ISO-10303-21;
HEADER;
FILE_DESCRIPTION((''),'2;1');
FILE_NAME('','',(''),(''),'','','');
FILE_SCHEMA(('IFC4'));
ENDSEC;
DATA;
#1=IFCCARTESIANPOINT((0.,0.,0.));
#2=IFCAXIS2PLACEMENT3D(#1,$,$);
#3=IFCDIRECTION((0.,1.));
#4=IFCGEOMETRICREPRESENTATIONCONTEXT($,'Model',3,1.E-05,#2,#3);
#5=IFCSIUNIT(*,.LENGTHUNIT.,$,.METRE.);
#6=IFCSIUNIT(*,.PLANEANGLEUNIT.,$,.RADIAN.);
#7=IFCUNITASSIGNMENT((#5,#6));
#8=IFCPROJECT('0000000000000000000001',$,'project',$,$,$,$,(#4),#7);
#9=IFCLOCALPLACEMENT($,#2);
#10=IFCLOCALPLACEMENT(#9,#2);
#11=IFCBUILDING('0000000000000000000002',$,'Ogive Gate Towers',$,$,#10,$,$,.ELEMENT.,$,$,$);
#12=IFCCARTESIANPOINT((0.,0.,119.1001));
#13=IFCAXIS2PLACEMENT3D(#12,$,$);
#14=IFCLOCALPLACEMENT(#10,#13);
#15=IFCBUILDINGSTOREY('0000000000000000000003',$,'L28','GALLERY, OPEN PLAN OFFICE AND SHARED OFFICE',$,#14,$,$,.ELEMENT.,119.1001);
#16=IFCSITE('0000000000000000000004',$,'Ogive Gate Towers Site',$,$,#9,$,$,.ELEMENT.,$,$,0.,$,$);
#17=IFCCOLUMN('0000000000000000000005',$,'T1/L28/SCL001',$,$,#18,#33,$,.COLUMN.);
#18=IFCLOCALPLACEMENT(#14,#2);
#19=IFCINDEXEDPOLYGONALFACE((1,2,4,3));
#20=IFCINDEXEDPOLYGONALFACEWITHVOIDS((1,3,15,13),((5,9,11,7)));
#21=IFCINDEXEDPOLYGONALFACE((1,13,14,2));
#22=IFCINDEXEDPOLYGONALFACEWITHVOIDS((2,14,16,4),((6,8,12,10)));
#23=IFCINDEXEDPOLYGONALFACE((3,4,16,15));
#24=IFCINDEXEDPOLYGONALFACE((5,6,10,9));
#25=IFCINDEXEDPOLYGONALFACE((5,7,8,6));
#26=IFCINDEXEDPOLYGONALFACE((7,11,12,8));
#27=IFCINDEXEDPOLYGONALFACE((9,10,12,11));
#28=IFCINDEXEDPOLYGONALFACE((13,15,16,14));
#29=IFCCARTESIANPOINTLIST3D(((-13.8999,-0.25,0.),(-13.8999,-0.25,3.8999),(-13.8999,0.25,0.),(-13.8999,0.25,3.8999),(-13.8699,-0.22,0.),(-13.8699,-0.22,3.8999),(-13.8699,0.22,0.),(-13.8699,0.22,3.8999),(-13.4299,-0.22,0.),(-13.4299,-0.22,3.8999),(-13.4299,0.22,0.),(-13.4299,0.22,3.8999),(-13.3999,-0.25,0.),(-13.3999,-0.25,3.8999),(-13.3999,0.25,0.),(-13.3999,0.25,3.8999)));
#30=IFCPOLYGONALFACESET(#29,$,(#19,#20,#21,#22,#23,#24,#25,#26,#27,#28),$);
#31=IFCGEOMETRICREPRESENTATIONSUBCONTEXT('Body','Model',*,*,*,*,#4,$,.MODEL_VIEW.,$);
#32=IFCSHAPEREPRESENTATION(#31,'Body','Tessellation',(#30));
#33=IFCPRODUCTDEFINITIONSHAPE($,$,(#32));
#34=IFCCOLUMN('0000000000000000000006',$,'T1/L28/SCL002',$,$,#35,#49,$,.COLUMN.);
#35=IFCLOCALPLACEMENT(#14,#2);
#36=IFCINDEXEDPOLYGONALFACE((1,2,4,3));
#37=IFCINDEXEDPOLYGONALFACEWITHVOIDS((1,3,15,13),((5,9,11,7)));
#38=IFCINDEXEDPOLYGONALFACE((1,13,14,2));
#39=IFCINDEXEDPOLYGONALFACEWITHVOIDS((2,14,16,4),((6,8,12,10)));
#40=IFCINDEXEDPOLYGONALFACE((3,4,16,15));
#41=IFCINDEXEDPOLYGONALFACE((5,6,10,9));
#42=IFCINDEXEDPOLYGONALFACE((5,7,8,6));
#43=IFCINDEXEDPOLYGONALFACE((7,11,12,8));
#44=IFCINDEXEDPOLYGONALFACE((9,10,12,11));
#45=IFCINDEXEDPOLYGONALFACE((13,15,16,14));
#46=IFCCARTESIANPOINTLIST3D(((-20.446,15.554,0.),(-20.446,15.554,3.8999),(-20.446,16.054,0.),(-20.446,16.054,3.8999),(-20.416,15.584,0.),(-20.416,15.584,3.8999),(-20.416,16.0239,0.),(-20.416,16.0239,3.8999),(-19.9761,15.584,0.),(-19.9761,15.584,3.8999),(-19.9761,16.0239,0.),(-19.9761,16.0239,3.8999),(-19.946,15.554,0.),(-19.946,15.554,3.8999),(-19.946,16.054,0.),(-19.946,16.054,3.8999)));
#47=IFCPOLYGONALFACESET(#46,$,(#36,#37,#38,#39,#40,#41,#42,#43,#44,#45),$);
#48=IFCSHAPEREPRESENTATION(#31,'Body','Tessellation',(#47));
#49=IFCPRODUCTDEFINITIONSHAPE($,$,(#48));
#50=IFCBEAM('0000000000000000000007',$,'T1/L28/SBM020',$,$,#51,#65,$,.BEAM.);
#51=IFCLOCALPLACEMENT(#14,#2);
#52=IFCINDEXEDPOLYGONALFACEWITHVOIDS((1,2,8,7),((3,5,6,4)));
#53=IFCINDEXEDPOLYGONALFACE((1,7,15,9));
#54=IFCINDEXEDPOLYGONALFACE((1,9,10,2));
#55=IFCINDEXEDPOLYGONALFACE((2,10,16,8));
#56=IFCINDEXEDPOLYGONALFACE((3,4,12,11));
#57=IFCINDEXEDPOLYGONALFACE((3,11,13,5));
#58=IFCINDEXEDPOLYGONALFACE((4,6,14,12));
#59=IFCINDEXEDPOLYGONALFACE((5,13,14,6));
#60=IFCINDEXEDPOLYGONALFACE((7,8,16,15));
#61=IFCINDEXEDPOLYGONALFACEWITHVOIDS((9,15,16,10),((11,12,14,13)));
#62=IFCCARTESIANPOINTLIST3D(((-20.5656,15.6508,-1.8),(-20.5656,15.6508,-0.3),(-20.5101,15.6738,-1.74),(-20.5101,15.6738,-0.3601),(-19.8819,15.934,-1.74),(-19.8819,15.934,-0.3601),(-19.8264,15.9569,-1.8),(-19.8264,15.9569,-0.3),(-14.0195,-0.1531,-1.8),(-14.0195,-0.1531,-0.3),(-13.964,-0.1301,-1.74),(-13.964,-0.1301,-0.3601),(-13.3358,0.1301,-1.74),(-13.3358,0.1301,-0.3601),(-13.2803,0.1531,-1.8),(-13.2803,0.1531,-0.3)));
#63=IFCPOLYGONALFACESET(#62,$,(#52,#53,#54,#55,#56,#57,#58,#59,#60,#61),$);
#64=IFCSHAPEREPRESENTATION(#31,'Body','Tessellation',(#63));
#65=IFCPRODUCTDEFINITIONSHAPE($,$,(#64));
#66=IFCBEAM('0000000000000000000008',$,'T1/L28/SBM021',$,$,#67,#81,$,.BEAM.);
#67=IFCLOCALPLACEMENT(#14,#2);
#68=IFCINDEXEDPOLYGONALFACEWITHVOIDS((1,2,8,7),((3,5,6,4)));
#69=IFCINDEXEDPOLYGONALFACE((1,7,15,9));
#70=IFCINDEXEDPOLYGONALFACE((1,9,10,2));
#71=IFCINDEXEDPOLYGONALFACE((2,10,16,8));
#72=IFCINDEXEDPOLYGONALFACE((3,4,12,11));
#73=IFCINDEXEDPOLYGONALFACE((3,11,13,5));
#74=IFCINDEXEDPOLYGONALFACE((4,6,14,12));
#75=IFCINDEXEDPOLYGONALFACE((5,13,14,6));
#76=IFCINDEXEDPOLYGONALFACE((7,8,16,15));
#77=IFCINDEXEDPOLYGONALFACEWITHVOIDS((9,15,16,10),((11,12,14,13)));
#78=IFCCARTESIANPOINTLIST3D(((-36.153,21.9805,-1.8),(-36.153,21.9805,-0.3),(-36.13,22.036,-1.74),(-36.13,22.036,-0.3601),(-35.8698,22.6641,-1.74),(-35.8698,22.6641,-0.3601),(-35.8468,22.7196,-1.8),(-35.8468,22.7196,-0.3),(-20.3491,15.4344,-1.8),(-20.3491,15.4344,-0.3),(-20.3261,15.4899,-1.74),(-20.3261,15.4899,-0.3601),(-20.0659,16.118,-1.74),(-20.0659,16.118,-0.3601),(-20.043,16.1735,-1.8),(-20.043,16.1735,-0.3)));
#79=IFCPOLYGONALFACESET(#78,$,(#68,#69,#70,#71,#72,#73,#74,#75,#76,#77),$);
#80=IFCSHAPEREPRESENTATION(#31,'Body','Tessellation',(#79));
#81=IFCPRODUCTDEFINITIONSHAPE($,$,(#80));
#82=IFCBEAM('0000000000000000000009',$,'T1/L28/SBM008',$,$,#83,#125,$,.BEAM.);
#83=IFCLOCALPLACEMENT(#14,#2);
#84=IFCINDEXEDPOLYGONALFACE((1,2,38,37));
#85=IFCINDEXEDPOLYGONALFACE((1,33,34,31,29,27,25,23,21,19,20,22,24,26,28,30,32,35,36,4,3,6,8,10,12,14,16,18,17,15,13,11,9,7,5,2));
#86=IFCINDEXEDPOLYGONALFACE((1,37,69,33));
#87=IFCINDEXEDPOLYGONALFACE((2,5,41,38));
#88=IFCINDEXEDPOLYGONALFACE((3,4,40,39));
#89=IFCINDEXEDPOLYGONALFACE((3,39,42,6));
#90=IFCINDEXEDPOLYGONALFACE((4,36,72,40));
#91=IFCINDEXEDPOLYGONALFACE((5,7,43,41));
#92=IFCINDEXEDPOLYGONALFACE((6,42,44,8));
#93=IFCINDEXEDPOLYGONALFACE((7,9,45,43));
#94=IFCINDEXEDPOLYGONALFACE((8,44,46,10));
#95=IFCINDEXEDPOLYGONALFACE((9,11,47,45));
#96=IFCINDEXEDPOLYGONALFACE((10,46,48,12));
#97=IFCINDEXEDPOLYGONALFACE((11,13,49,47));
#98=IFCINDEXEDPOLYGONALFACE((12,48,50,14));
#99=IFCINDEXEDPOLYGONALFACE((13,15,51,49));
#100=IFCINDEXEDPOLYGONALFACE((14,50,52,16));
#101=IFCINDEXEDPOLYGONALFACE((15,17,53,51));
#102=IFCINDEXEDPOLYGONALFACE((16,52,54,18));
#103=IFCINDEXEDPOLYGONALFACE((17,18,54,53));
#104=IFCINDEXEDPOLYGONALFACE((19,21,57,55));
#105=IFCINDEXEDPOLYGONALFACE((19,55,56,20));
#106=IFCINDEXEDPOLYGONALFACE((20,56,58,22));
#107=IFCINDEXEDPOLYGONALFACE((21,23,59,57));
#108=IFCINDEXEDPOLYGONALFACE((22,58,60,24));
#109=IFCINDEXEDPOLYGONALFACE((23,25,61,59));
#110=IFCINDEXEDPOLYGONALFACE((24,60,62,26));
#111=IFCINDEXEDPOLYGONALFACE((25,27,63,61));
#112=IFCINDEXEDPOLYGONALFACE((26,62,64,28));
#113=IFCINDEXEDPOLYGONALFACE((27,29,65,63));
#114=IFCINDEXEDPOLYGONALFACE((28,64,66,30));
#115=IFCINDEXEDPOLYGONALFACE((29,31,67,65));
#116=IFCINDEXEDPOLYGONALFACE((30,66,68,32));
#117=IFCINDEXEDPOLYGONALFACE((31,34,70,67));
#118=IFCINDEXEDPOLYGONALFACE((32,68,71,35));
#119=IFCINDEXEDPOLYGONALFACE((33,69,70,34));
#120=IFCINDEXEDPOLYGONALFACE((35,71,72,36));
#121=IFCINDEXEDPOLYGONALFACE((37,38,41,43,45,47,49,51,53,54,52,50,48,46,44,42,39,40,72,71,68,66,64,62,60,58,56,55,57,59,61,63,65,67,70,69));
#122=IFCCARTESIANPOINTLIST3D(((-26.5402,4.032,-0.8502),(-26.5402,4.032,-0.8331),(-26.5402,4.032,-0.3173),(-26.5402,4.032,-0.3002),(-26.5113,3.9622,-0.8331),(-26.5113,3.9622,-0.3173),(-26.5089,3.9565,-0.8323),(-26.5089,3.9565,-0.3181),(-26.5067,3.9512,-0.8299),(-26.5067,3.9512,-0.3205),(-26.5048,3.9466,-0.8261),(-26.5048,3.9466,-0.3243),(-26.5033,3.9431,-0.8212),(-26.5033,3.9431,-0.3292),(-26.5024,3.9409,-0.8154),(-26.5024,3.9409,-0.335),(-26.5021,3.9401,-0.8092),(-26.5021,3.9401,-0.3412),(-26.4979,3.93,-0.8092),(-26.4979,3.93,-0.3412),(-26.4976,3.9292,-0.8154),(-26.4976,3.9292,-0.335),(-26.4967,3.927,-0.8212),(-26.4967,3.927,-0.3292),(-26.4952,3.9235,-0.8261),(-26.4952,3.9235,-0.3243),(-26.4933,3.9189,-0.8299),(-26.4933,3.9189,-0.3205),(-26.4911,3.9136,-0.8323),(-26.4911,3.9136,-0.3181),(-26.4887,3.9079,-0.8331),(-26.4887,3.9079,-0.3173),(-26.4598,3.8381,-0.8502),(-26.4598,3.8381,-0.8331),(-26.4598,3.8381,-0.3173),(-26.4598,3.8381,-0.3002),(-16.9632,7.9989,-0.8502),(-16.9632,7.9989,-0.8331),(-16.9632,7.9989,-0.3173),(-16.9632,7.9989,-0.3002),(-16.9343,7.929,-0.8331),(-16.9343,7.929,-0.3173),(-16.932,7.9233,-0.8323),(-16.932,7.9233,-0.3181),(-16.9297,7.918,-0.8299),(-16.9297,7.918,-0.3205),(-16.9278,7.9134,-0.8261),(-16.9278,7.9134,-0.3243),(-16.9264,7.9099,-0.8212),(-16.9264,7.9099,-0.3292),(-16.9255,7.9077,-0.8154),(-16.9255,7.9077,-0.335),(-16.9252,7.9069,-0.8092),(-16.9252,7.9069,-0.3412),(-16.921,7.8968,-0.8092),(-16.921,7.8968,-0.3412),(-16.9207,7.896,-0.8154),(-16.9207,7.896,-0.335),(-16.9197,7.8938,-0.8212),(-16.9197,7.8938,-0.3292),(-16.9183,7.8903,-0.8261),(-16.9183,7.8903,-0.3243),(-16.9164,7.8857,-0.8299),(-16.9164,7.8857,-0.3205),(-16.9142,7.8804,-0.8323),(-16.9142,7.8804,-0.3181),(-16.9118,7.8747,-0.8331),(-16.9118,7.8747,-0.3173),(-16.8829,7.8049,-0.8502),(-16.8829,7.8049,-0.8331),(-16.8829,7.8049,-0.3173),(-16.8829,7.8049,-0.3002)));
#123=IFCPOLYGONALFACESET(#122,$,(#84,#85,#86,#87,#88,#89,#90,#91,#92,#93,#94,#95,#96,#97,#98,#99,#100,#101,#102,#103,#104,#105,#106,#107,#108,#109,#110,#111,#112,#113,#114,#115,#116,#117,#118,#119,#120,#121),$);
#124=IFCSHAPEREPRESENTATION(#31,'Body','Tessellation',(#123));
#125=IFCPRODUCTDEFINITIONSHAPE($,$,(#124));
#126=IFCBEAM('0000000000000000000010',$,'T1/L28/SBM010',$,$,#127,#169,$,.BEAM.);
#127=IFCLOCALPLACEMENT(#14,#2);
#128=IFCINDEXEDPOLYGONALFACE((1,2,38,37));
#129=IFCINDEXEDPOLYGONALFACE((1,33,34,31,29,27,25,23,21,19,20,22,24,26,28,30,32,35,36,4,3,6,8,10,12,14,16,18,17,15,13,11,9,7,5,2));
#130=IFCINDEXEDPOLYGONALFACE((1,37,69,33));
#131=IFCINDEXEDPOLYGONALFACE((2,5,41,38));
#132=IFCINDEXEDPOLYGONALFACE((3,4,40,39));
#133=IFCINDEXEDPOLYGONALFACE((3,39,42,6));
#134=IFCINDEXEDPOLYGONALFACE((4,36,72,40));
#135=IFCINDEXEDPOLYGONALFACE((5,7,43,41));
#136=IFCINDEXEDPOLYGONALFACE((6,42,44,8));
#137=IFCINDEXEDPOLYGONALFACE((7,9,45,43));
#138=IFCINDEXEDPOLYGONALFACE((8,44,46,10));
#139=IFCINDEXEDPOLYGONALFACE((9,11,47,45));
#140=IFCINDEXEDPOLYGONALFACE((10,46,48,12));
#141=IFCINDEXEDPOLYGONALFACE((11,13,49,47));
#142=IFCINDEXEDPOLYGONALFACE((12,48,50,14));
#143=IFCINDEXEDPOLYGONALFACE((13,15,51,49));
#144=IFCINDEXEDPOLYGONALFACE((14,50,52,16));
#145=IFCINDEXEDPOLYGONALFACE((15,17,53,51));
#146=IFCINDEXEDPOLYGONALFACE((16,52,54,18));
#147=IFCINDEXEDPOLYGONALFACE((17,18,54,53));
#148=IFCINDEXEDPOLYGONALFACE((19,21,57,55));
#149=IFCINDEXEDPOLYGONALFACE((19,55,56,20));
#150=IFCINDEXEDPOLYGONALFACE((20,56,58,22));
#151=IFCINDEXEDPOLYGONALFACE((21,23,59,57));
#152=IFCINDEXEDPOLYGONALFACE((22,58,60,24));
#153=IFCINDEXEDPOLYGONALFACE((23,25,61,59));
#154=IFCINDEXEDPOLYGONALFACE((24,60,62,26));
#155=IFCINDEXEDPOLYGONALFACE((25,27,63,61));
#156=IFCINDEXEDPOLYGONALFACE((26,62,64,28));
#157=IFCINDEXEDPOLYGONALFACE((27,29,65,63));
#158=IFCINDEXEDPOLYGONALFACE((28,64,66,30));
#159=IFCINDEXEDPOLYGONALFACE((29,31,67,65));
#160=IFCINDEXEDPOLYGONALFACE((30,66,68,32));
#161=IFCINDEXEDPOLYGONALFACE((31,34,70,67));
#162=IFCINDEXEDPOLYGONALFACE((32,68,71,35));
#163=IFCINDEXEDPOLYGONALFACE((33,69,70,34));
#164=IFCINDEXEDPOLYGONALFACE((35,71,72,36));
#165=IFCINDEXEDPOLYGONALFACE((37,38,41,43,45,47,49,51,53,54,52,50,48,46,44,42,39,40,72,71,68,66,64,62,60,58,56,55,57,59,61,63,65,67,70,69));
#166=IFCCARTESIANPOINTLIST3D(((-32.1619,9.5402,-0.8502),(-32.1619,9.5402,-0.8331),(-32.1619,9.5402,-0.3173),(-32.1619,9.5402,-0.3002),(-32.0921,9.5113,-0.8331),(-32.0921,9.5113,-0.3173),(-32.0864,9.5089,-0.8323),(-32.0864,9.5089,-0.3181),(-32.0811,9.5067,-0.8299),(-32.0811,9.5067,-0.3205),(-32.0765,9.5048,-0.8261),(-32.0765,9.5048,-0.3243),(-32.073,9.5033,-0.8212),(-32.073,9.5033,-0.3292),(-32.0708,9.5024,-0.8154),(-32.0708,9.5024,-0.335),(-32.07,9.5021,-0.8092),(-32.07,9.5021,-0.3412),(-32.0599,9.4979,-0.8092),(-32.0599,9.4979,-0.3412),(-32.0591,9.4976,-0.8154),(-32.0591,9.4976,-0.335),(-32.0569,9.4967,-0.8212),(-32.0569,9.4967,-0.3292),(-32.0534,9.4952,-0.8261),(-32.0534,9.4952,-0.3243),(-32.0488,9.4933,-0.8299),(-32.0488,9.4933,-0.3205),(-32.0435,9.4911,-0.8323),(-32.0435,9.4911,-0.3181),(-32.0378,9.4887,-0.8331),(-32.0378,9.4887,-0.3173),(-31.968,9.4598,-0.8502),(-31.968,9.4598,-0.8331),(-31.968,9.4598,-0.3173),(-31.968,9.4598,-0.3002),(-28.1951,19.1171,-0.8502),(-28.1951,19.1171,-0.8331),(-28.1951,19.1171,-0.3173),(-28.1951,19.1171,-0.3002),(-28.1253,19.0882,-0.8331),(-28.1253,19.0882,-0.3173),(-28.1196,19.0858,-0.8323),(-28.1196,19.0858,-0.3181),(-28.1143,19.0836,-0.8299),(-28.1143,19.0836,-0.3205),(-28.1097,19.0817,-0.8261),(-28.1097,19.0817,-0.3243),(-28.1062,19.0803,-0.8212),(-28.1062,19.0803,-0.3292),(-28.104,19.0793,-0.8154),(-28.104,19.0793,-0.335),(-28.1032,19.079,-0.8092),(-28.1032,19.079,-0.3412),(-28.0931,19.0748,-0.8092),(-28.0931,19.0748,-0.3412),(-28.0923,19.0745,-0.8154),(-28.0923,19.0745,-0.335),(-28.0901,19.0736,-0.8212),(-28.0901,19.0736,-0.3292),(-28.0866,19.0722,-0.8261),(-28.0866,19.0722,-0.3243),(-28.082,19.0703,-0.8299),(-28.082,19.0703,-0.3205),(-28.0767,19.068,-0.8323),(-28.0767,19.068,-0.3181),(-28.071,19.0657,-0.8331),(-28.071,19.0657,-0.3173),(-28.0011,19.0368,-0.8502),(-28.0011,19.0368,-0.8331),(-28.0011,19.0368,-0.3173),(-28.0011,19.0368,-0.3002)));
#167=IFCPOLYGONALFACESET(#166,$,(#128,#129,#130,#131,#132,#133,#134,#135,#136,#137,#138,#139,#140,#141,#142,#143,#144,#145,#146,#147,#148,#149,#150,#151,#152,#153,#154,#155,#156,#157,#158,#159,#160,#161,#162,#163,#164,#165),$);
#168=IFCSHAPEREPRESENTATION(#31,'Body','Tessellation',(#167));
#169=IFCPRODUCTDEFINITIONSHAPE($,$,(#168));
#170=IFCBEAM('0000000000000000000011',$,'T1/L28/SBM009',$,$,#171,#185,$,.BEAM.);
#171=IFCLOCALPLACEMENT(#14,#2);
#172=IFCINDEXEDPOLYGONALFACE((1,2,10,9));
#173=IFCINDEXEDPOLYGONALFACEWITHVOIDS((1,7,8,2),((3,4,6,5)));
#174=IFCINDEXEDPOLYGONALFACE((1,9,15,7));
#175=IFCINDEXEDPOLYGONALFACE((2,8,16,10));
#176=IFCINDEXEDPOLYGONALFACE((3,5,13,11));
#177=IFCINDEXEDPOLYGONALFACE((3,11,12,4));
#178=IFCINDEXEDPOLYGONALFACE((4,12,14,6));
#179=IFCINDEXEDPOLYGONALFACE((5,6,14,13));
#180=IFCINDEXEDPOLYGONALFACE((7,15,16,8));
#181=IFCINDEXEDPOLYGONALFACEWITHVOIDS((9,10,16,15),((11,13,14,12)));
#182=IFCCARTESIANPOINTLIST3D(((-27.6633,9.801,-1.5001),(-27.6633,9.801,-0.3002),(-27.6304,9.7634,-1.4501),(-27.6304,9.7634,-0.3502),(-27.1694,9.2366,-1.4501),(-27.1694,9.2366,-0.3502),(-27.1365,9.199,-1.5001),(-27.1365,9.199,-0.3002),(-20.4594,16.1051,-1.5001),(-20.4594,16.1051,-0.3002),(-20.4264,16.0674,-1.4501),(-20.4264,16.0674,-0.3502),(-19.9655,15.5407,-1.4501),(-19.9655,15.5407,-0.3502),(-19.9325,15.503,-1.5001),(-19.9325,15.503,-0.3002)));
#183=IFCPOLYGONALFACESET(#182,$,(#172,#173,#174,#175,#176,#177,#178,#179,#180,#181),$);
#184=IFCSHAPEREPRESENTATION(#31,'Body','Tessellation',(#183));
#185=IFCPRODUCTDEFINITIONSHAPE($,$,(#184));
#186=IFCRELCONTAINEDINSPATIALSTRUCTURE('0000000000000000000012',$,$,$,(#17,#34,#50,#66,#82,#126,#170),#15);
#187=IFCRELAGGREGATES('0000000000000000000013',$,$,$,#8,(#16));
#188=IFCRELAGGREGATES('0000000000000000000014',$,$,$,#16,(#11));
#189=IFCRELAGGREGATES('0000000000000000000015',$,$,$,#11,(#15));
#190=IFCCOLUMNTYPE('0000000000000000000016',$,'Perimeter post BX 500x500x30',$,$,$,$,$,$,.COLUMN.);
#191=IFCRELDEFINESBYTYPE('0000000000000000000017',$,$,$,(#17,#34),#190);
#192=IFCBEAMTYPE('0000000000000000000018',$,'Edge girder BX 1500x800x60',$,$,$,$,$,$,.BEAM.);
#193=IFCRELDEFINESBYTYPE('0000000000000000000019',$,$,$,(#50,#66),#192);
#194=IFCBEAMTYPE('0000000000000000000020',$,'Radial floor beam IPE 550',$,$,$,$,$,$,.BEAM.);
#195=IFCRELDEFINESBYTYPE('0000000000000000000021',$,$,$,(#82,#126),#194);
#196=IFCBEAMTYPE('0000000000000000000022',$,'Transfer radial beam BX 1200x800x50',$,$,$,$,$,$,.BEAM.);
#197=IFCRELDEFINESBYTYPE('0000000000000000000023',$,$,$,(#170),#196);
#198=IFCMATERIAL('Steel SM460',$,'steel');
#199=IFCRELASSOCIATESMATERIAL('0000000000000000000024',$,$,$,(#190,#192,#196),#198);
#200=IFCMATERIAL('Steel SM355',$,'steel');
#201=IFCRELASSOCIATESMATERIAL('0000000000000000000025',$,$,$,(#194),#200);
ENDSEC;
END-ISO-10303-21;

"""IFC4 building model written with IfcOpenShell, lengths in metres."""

from ifc_helpers import new_model, si_unit, direction, frame, origin, origin_2d, place, context, subcontext, project, spatial, hollow_rectangle, i_section, extrude, material, material_profile, profile_set, type_object, element, save


model = new_model("IFC4")

# Units and contexts
model_context = context("Model", 3, precision=1e-05, world=origin(), true_north=direction((0.0, 1.0)))
body_context = subcontext(model_context, "Body", "Model", "MODEL_VIEW")
ifc_project = project(units=[si_unit("LENGTHUNIT", "METRE"), si_unit("PLANEANGLEUNIT", "RADIAN")], contexts=[model_context])

# Site, building, storey
site_placement = place(None, origin())
site = spatial("IfcSite", under=ifc_project, at=site_placement, Name="Ogive Gate Towers Site", CompositionType="ELEMENT", RefElevation=0.0)
building_placement = place(site_placement, origin())
building = spatial("IfcBuilding", under=site, at=building_placement, Name="Ogive Gate Towers", CompositionType="ELEMENT")
storey_placement = place(building_placement, frame((0.0, 0.0, 119.1001)))
storey = spatial("IfcBuildingStorey", under=building, at=storey_placement, Name="L28", Description="GALLERY, OPEN PLAN OFFICE AND SHARED OFFICE", CompositionType="ELEMENT", Elevation=119.1001)

# Columns
ifc_material_1 = material(Name="Steel SM460", Category="steel")
ifc_material_profile_1 = material_profile(ifc_material_1, hollow_rectangle(XDim=0.5, YDim=0.5, WallThickness=0.03, at=origin_2d()), Name="BX 500x500x30")
ifc_profile_set_1 = profile_set([ifc_material_profile_1], Name="Steel SM460")
column_type = type_object("IfcColumnType", Name="Perimeter post BX 500x500x30", PredefinedType="COLUMN", material=ifc_profile_set_1)
for number, where, z_axis, x_axis, name in (
    (1, (-13.6499, 0.0, 0.0), (0.0, 0.0, 1.0), (1.0, 0.0, 0.0), "T1/L28/SCL001"),
    (2, (-20.196, 15.804, 0.0), (0.0, 0.0, 1.0), (1.0, 0.0, 0.0), "T1/L28/SCL002"),
):
    element("IfcColumn", number, at=place(storey_placement, frame(where, z_axis=z_axis, x_axis=x_axis)), inside=storey, type_object=column_type, Name=name, PredefinedType="COLUMN", context=body_context, shape_type="SweptSolid", body=[
        extrude(hollow_rectangle(XDim=0.5, YDim=0.5, WallThickness=0.03, at=origin_2d()), origin(), (0.0, 0.0, 1.0), 3.8999),
    ])

# Beams
ifc_material_profile_2 = material_profile(ifc_material_1, hollow_rectangle(XDim=0.8, YDim=1.5, WallThickness=0.0601, at=origin_2d()), Name="BX 1500x800x60")
ifc_profile_set_2 = profile_set([ifc_material_profile_2], Name="Steel SM460")
beam_type_1 = type_object("IfcBeamType", Name="Edge girder BX 1500x800x60", PredefinedType="BEAM", material=ifc_profile_set_2)
for number, where, z_axis, x_axis, name in (
    (3, (-13.6499, 0.0, -1.05), (-0.38268, 0.923881, 0.0), (-0.923881, -0.38268, 0.0), "T1/L28/SBM020"),
    (4, (-20.196, 15.804, -1.05), (-0.923881, 0.38268, 0.0), (-0.38268, -0.923881, 0.0), "T1/L28/SBM021"),
):
    element("IfcBeam", number, at=place(storey_placement, frame(where, z_axis=z_axis, x_axis=x_axis)), inside=storey, type_object=beam_type_1, Name=name, PredefinedType="BEAM", context=body_context, shape_type="SweptSolid", body=[
        extrude(hollow_rectangle(XDim=0.8, YDim=1.5, WallThickness=0.0601, at=origin_2d()), origin(), (0.0, 0.0, 1.0), 17.106),
    ])
ifc_material_2 = material(Name="Steel SM355", Category="steel")
ifc_material_profile_3 = material_profile(ifc_material_2, i_section(OverallWidth=0.21, OverallDepth=0.55, WebThickness=0.011, FlangeThickness=0.0171, FilletRadius=0.0239, at=origin_2d()), Name="IPE 550")
ifc_profile_set_3 = profile_set([ifc_material_profile_3], Name="Steel SM355")
beam_type_2 = type_object("IfcBeamType", Name="Radial floor beam IPE 550", PredefinedType="BEAM", material=ifc_profile_set_3)
for number, where, z_axis, x_axis, name in (
    (5, (-26.5, 3.9351, -0.5752), (0.923882, 0.382676, 0.0), (-0.382676, 0.923882, 0.0), "T1/L28/SBM008"),
    (6, (-32.0649, 9.5, -0.5752), (0.382676, 0.923882, 0.0), (-0.923882, 0.382676, 0.0), "T1/L28/SBM010"),
):
    element("IfcBeam", number, at=place(storey_placement, frame(where, z_axis=z_axis, x_axis=x_axis)), inside=storey, type_object=beam_type_2, Name=name, PredefinedType="BEAM", context=body_context, shape_type="SweptSolid", body=[
        extrude(i_section(OverallWidth=0.21, OverallDepth=0.55, WebThickness=0.011, FlangeThickness=0.0171, FilletRadius=0.0239, at=origin_2d()), origin(), (0.0, 0.0, 1.0), 10.366),
    ])
ifc_material_profile_4 = material_profile(ifc_material_1, hollow_rectangle(XDim=0.8, YDim=1.2, WallThickness=0.05, at=origin_2d()), Name="BX 1200x800x50")
ifc_profile_set_4 = profile_set([ifc_material_profile_4], Name="Steel SM460")
beam_type_3 = type_object("IfcBeamType", Name="Transfer radial beam BX 1200x800x50", PredefinedType="BEAM", material=ifc_profile_set_4)
beam_placement = place(storey_placement, frame((-27.3999, 9.5, -0.9001), z_axis=(0.752547, 0.658539, 0.0), x_axis=(-0.658539, 0.752547, 0.0)))
element("IfcBeam", 7, at=beam_placement, inside=storey, type_object=beam_type_3, Name="T1/L28/SBM009", PredefinedType="BEAM", context=body_context, shape_type="SweptSolid", body=[
    extrude(hollow_rectangle(XDim=0.8, YDim=1.2, WallThickness=0.05, at=origin_2d()), origin(), (0.0, 0.0, 1.0), 9.5728),
])

save(model, "model.ifc")
